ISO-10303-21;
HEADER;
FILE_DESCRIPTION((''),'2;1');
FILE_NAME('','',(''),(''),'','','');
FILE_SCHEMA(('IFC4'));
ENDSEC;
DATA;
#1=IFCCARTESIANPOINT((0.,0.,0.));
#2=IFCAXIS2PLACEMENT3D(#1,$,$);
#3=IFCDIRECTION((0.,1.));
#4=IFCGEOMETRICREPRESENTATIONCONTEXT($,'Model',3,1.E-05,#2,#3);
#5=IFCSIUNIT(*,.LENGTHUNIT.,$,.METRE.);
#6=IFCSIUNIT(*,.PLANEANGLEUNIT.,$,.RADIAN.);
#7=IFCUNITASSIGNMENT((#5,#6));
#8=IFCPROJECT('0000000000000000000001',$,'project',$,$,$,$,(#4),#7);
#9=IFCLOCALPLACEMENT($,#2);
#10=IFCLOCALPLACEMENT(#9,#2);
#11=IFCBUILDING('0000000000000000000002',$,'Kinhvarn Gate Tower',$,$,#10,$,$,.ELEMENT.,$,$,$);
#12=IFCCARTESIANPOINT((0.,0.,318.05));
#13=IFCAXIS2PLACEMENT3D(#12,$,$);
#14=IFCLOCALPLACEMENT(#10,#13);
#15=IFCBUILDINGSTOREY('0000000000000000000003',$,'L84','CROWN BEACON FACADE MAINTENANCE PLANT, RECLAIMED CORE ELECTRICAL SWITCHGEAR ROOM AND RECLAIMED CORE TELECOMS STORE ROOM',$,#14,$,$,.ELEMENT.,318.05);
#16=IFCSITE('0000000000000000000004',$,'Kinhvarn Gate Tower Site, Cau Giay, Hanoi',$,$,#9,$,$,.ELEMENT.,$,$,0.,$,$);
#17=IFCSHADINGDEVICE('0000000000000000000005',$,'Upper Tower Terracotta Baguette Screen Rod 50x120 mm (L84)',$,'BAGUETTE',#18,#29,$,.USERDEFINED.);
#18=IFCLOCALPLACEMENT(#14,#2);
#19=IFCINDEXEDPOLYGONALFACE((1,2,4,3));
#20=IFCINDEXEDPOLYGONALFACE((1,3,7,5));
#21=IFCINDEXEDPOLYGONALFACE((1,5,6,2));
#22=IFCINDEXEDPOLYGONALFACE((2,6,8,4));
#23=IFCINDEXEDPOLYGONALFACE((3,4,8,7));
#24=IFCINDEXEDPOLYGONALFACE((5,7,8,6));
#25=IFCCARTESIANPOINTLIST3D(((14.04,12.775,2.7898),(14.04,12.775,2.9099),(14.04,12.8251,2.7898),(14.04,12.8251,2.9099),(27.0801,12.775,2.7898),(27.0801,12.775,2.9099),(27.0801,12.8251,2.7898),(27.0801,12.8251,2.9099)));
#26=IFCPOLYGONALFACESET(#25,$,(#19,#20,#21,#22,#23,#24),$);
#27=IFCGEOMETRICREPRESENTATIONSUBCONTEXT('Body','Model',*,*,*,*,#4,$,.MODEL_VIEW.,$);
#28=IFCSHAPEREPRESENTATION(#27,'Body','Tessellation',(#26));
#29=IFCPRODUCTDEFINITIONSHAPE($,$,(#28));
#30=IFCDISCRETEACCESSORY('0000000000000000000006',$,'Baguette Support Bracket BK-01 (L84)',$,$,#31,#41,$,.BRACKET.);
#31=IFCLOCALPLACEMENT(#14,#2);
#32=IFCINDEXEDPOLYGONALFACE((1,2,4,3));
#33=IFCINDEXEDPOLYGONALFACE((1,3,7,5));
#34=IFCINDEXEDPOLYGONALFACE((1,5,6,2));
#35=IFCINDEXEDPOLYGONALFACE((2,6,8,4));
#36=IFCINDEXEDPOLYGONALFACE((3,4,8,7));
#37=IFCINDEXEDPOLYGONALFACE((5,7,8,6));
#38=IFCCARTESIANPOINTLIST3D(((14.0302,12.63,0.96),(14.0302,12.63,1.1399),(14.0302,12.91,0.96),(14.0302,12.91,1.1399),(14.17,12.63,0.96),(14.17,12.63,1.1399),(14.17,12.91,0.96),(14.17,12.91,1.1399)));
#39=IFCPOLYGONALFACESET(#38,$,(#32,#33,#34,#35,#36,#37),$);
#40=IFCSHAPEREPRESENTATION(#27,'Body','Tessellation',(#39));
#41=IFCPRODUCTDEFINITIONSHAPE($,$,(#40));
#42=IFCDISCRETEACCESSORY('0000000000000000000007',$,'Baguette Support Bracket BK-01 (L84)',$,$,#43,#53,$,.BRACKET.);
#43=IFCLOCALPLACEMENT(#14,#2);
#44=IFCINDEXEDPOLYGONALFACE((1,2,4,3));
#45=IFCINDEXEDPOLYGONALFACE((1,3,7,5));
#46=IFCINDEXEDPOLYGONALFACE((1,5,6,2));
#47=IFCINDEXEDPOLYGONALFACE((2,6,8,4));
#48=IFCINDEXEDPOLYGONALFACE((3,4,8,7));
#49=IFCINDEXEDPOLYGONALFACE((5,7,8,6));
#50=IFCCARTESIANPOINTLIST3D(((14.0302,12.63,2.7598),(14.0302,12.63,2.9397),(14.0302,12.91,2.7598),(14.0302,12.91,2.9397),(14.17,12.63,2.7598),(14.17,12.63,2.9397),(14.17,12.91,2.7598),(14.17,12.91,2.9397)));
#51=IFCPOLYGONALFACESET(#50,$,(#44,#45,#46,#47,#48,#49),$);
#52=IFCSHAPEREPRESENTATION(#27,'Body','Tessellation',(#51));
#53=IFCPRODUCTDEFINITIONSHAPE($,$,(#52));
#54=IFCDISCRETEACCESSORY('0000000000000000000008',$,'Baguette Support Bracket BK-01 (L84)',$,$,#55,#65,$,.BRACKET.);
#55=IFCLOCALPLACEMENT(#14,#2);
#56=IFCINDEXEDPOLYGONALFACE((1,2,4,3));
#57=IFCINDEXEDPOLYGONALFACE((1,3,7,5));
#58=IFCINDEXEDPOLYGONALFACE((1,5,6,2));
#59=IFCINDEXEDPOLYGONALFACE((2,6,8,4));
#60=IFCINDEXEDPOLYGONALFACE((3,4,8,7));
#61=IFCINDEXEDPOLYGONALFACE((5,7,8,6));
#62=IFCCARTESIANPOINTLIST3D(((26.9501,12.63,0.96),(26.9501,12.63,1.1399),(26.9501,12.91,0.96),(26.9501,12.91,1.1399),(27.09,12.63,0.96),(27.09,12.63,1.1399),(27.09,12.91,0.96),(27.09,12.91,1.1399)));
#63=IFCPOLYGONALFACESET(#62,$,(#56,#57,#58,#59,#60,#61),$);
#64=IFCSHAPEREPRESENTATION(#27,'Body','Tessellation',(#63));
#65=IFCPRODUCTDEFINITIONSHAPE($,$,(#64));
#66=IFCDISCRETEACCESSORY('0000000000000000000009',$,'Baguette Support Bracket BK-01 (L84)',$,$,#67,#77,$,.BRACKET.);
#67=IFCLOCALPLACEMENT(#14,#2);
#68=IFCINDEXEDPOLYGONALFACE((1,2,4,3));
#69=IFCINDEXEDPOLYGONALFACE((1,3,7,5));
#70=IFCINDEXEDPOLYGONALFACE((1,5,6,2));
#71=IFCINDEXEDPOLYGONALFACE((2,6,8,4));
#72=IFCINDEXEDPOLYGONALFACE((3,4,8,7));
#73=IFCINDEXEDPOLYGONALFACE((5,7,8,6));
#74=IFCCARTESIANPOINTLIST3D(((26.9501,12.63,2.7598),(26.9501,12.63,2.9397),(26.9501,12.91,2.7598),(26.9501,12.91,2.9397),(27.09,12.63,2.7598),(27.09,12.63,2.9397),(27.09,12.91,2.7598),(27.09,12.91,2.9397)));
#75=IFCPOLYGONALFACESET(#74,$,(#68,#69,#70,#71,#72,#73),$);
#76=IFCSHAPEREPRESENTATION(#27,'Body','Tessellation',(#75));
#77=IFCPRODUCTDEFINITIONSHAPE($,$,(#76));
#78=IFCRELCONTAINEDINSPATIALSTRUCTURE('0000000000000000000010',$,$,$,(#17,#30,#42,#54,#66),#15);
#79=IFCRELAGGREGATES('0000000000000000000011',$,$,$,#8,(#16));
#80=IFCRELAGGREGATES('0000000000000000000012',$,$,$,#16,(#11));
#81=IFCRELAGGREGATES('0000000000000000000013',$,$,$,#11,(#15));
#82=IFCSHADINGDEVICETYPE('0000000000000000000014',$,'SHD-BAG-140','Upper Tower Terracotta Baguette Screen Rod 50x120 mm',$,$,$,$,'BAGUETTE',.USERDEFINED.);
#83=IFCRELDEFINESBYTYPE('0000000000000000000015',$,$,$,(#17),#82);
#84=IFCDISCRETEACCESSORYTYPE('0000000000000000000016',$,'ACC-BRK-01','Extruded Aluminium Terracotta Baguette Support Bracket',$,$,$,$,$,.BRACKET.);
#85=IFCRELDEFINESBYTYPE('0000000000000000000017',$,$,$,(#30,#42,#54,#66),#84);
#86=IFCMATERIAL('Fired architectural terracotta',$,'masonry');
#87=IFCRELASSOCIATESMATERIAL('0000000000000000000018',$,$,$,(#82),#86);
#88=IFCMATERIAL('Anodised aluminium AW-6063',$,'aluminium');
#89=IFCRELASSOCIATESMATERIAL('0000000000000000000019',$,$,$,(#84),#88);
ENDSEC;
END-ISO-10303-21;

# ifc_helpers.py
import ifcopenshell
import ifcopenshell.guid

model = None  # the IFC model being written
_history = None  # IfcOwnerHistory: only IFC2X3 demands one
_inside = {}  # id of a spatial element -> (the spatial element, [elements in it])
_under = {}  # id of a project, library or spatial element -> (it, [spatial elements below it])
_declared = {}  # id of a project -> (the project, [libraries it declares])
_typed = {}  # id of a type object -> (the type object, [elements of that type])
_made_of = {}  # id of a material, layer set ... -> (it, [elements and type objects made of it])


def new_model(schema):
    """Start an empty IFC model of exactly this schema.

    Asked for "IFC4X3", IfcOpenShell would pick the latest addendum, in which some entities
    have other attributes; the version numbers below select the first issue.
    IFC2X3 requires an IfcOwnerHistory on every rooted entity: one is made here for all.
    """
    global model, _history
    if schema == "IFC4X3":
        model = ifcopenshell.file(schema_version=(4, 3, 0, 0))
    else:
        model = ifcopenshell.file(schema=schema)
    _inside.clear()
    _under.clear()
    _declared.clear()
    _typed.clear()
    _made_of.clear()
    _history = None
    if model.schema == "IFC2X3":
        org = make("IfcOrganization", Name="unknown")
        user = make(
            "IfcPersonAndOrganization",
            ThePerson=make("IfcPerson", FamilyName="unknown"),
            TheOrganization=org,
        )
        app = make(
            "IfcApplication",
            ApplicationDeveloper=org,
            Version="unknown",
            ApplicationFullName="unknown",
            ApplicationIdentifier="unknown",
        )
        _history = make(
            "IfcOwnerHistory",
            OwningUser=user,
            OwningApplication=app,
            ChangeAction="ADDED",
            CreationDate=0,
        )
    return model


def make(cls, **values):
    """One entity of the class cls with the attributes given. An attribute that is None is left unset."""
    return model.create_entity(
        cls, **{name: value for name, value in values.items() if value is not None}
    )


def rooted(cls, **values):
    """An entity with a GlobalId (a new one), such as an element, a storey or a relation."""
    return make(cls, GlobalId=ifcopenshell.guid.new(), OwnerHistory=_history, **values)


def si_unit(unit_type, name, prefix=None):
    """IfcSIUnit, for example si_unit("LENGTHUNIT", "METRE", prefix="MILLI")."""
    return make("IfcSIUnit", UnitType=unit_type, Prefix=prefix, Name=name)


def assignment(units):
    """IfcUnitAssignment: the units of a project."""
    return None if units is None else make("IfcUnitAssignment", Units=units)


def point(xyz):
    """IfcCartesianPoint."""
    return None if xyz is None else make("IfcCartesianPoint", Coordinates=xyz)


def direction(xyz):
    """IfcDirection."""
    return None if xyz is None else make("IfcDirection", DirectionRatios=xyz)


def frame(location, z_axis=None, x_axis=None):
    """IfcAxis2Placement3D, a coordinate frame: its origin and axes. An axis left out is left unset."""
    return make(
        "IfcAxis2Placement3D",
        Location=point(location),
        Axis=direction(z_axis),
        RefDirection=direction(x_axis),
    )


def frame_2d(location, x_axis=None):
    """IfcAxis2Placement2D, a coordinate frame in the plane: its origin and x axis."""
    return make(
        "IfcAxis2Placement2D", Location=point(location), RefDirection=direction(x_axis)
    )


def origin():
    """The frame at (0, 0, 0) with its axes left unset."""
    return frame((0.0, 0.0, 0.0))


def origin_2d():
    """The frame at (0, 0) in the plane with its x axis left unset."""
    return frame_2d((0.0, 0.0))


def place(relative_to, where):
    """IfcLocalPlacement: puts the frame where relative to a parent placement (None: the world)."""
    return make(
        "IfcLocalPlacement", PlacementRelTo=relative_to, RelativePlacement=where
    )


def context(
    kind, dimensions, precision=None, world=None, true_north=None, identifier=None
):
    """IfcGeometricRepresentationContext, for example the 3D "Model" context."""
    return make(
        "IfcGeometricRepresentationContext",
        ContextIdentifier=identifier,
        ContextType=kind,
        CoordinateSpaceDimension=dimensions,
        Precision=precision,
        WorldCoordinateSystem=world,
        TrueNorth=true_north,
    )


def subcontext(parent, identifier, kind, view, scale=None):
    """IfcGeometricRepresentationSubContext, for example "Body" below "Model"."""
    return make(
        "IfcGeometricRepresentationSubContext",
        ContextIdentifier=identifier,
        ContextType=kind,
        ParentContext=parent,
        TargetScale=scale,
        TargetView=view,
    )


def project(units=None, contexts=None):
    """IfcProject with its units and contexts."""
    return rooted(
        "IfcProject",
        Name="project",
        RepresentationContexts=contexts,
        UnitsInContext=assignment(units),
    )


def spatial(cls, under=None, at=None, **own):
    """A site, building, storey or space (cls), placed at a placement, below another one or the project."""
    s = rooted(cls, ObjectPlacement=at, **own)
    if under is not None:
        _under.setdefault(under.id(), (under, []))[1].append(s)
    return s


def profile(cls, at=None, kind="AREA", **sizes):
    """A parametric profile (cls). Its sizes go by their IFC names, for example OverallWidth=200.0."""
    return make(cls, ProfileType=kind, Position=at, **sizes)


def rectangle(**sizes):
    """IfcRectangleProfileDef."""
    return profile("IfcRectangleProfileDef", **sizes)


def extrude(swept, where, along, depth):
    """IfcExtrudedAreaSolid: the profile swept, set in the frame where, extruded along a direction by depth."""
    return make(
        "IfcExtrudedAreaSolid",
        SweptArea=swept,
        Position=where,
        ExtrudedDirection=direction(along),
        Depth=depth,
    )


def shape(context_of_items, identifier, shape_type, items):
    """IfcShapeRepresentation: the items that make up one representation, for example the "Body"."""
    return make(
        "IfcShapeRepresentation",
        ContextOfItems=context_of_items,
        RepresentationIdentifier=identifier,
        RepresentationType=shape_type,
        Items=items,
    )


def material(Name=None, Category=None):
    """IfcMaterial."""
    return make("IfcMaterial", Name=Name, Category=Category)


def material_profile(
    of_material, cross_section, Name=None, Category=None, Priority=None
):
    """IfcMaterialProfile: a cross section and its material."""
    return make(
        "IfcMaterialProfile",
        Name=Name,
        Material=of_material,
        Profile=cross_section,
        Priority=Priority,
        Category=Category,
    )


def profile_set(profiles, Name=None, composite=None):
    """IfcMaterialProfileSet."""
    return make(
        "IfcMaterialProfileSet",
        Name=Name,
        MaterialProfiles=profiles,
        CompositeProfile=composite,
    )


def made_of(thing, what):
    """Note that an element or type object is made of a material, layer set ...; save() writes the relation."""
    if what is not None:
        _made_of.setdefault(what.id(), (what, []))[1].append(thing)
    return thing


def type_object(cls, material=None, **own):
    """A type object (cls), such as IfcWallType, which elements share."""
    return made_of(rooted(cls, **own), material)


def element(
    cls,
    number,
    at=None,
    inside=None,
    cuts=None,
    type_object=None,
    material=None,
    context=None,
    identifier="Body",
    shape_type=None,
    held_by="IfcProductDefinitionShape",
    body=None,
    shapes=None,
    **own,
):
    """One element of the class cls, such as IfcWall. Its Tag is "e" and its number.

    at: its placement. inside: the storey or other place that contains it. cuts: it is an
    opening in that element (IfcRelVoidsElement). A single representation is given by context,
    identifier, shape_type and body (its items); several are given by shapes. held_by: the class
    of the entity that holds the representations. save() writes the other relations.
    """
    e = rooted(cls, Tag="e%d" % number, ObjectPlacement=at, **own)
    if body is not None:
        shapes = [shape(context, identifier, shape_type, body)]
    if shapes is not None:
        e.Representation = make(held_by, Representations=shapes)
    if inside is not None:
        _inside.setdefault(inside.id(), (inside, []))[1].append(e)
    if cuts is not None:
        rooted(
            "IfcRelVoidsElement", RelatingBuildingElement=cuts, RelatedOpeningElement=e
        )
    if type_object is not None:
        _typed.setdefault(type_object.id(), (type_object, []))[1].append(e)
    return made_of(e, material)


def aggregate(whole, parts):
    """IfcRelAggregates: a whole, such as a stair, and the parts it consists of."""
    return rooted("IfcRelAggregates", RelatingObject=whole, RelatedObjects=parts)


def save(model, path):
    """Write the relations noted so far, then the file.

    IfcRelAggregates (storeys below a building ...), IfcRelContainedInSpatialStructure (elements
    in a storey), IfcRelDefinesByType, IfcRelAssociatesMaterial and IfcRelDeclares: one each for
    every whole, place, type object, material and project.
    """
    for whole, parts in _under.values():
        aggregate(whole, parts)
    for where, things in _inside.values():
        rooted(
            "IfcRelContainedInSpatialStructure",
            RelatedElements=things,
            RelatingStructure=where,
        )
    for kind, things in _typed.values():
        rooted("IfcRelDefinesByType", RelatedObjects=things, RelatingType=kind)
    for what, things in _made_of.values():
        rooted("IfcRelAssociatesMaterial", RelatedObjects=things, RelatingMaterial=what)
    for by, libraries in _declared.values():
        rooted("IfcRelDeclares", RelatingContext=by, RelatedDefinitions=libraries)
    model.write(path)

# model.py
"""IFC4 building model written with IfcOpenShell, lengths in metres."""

from ifc_helpers import new_model, si_unit, direction, frame, origin, origin_2d, place, context, subcontext, project, spatial, rectangle, extrude, material, material_profile, profile_set, type_object, element, save


model = new_model("IFC4")

# Units and contexts
model_context = context("Model", 3, precision=1e-05, world=origin(), true_north=direction((0.0, 1.0)))
body_context = subcontext(model_context, "Body", "Model", "MODEL_VIEW")
ifc_project = project(units=[si_unit("LENGTHUNIT", "METRE"), si_unit("PLANEANGLEUNIT", "RADIAN")], contexts=[model_context])

# Site, building, storey
site_placement = place(None, origin())
site = spatial("IfcSite", under=ifc_project, at=site_placement, Name="Kinhvarn Gate Tower Site, Cau Giay, Hanoi", CompositionType="ELEMENT", RefElevation=0.0)
building_placement = place(site_placement, origin())
building = spatial("IfcBuilding", under=site, at=building_placement, Name="Kinhvarn Gate Tower", CompositionType="ELEMENT")
storey_placement = place(building_placement, frame((0.0, 0.0, 318.05)))
storey = spatial("IfcBuildingStorey", under=building, at=storey_placement, Name="L84", Description="CROWN BEACON FACADE MAINTENANCE PLANT, RECLAIMED CORE ELECTRICAL SWITCHGEAR ROOM AND RECLAIMED CORE TELECOMS STORE ROOM", CompositionType="ELEMENT", Elevation=318.05)

# Shared definitions
ifc_material_1 = material(Name="Anodised aluminium AW-6063", Category="aluminium")

# Shading device
ifc_material_2 = material(Name="Fired architectural terracotta", Category="masonry")
ifc_material_profile_1 = material_profile(ifc_material_2, rectangle(XDim=0.05, YDim=0.1201, at=origin_2d()), Name="TC 50x120")
ifc_profile_set_1 = profile_set([ifc_material_profile_1], Name="Fired architectural terracotta")
shading_device_type = type_object("IfcShadingDeviceType", Name="SHD-BAG-140", Description="Upper Tower Terracotta Baguette Screen Rod 50x120 mm", ElementType="BAGUETTE", PredefinedType="USERDEFINED", material=ifc_profile_set_1)
for number, where, z_axis, x_axis, name in (
    (1, (14.04, 12.8, 2.8499), (1.0, 0.0, 0.0), (0.0, 1.0, 0.0), "Upper Tower Terracotta Baguette Screen Rod 50x120 mm (L84)"),
):
    element("IfcShadingDevice", number, at=place(storey_placement, frame(where, z_axis=z_axis, x_axis=x_axis)), inside=storey, type_object=shading_device_type, Name=name, ObjectType="BAGUETTE", PredefinedType="USERDEFINED", context=body_context, shape_type="SweptSolid", body=[
        extrude(rectangle(XDim=0.05, YDim=0.1201, at=origin_2d()), origin(), (0.0, 0.0, 1.0), 13.04),
    ])

# Discrete accessories
discrete_accessory_type = type_object("IfcDiscreteAccessoryType", Name="ACC-BRK-01", Description="Extruded Aluminium Terracotta Baguette Support Bracket", PredefinedType="BRACKET", material=ifc_material_1)
for number, where, z_axis, x_axis, name in (
    (2, (14.1001, 12.77, 0.96), (0.0, 0.0, 1.0), (1.0, 0.0, 0.0), "Baguette Support Bracket BK-01 (L84)"),
    (3, (14.1001, 12.77, 2.7598), (0.0, 0.0, 1.0), (1.0, 0.0, 0.0), "Baguette Support Bracket BK-01 (L84)"),
    (4, (27.02, 12.77, 0.96), (0.0, 0.0, 1.0), (1.0, 0.0, 0.0), "Baguette Support Bracket BK-01 (L84)"),
    (5, (27.02, 12.77, 2.7598), (0.0, 0.0, 1.0), (1.0, 0.0, 0.0), "Baguette Support Bracket BK-01 (L84)"),
):
    element("IfcDiscreteAccessory", number, at=place(storey_placement, frame(where, z_axis=z_axis, x_axis=x_axis)), inside=storey, type_object=discrete_accessory_type, Name=name, PredefinedType="BRACKET", context=body_context, shape_type="SweptSolid", body=[
        extrude(rectangle(XDim=0.1399, YDim=0.28, at=origin_2d()), origin(), (0.0, 0.0, 1.0), 0.1799),
    ])

save(model, "model.ifc")
